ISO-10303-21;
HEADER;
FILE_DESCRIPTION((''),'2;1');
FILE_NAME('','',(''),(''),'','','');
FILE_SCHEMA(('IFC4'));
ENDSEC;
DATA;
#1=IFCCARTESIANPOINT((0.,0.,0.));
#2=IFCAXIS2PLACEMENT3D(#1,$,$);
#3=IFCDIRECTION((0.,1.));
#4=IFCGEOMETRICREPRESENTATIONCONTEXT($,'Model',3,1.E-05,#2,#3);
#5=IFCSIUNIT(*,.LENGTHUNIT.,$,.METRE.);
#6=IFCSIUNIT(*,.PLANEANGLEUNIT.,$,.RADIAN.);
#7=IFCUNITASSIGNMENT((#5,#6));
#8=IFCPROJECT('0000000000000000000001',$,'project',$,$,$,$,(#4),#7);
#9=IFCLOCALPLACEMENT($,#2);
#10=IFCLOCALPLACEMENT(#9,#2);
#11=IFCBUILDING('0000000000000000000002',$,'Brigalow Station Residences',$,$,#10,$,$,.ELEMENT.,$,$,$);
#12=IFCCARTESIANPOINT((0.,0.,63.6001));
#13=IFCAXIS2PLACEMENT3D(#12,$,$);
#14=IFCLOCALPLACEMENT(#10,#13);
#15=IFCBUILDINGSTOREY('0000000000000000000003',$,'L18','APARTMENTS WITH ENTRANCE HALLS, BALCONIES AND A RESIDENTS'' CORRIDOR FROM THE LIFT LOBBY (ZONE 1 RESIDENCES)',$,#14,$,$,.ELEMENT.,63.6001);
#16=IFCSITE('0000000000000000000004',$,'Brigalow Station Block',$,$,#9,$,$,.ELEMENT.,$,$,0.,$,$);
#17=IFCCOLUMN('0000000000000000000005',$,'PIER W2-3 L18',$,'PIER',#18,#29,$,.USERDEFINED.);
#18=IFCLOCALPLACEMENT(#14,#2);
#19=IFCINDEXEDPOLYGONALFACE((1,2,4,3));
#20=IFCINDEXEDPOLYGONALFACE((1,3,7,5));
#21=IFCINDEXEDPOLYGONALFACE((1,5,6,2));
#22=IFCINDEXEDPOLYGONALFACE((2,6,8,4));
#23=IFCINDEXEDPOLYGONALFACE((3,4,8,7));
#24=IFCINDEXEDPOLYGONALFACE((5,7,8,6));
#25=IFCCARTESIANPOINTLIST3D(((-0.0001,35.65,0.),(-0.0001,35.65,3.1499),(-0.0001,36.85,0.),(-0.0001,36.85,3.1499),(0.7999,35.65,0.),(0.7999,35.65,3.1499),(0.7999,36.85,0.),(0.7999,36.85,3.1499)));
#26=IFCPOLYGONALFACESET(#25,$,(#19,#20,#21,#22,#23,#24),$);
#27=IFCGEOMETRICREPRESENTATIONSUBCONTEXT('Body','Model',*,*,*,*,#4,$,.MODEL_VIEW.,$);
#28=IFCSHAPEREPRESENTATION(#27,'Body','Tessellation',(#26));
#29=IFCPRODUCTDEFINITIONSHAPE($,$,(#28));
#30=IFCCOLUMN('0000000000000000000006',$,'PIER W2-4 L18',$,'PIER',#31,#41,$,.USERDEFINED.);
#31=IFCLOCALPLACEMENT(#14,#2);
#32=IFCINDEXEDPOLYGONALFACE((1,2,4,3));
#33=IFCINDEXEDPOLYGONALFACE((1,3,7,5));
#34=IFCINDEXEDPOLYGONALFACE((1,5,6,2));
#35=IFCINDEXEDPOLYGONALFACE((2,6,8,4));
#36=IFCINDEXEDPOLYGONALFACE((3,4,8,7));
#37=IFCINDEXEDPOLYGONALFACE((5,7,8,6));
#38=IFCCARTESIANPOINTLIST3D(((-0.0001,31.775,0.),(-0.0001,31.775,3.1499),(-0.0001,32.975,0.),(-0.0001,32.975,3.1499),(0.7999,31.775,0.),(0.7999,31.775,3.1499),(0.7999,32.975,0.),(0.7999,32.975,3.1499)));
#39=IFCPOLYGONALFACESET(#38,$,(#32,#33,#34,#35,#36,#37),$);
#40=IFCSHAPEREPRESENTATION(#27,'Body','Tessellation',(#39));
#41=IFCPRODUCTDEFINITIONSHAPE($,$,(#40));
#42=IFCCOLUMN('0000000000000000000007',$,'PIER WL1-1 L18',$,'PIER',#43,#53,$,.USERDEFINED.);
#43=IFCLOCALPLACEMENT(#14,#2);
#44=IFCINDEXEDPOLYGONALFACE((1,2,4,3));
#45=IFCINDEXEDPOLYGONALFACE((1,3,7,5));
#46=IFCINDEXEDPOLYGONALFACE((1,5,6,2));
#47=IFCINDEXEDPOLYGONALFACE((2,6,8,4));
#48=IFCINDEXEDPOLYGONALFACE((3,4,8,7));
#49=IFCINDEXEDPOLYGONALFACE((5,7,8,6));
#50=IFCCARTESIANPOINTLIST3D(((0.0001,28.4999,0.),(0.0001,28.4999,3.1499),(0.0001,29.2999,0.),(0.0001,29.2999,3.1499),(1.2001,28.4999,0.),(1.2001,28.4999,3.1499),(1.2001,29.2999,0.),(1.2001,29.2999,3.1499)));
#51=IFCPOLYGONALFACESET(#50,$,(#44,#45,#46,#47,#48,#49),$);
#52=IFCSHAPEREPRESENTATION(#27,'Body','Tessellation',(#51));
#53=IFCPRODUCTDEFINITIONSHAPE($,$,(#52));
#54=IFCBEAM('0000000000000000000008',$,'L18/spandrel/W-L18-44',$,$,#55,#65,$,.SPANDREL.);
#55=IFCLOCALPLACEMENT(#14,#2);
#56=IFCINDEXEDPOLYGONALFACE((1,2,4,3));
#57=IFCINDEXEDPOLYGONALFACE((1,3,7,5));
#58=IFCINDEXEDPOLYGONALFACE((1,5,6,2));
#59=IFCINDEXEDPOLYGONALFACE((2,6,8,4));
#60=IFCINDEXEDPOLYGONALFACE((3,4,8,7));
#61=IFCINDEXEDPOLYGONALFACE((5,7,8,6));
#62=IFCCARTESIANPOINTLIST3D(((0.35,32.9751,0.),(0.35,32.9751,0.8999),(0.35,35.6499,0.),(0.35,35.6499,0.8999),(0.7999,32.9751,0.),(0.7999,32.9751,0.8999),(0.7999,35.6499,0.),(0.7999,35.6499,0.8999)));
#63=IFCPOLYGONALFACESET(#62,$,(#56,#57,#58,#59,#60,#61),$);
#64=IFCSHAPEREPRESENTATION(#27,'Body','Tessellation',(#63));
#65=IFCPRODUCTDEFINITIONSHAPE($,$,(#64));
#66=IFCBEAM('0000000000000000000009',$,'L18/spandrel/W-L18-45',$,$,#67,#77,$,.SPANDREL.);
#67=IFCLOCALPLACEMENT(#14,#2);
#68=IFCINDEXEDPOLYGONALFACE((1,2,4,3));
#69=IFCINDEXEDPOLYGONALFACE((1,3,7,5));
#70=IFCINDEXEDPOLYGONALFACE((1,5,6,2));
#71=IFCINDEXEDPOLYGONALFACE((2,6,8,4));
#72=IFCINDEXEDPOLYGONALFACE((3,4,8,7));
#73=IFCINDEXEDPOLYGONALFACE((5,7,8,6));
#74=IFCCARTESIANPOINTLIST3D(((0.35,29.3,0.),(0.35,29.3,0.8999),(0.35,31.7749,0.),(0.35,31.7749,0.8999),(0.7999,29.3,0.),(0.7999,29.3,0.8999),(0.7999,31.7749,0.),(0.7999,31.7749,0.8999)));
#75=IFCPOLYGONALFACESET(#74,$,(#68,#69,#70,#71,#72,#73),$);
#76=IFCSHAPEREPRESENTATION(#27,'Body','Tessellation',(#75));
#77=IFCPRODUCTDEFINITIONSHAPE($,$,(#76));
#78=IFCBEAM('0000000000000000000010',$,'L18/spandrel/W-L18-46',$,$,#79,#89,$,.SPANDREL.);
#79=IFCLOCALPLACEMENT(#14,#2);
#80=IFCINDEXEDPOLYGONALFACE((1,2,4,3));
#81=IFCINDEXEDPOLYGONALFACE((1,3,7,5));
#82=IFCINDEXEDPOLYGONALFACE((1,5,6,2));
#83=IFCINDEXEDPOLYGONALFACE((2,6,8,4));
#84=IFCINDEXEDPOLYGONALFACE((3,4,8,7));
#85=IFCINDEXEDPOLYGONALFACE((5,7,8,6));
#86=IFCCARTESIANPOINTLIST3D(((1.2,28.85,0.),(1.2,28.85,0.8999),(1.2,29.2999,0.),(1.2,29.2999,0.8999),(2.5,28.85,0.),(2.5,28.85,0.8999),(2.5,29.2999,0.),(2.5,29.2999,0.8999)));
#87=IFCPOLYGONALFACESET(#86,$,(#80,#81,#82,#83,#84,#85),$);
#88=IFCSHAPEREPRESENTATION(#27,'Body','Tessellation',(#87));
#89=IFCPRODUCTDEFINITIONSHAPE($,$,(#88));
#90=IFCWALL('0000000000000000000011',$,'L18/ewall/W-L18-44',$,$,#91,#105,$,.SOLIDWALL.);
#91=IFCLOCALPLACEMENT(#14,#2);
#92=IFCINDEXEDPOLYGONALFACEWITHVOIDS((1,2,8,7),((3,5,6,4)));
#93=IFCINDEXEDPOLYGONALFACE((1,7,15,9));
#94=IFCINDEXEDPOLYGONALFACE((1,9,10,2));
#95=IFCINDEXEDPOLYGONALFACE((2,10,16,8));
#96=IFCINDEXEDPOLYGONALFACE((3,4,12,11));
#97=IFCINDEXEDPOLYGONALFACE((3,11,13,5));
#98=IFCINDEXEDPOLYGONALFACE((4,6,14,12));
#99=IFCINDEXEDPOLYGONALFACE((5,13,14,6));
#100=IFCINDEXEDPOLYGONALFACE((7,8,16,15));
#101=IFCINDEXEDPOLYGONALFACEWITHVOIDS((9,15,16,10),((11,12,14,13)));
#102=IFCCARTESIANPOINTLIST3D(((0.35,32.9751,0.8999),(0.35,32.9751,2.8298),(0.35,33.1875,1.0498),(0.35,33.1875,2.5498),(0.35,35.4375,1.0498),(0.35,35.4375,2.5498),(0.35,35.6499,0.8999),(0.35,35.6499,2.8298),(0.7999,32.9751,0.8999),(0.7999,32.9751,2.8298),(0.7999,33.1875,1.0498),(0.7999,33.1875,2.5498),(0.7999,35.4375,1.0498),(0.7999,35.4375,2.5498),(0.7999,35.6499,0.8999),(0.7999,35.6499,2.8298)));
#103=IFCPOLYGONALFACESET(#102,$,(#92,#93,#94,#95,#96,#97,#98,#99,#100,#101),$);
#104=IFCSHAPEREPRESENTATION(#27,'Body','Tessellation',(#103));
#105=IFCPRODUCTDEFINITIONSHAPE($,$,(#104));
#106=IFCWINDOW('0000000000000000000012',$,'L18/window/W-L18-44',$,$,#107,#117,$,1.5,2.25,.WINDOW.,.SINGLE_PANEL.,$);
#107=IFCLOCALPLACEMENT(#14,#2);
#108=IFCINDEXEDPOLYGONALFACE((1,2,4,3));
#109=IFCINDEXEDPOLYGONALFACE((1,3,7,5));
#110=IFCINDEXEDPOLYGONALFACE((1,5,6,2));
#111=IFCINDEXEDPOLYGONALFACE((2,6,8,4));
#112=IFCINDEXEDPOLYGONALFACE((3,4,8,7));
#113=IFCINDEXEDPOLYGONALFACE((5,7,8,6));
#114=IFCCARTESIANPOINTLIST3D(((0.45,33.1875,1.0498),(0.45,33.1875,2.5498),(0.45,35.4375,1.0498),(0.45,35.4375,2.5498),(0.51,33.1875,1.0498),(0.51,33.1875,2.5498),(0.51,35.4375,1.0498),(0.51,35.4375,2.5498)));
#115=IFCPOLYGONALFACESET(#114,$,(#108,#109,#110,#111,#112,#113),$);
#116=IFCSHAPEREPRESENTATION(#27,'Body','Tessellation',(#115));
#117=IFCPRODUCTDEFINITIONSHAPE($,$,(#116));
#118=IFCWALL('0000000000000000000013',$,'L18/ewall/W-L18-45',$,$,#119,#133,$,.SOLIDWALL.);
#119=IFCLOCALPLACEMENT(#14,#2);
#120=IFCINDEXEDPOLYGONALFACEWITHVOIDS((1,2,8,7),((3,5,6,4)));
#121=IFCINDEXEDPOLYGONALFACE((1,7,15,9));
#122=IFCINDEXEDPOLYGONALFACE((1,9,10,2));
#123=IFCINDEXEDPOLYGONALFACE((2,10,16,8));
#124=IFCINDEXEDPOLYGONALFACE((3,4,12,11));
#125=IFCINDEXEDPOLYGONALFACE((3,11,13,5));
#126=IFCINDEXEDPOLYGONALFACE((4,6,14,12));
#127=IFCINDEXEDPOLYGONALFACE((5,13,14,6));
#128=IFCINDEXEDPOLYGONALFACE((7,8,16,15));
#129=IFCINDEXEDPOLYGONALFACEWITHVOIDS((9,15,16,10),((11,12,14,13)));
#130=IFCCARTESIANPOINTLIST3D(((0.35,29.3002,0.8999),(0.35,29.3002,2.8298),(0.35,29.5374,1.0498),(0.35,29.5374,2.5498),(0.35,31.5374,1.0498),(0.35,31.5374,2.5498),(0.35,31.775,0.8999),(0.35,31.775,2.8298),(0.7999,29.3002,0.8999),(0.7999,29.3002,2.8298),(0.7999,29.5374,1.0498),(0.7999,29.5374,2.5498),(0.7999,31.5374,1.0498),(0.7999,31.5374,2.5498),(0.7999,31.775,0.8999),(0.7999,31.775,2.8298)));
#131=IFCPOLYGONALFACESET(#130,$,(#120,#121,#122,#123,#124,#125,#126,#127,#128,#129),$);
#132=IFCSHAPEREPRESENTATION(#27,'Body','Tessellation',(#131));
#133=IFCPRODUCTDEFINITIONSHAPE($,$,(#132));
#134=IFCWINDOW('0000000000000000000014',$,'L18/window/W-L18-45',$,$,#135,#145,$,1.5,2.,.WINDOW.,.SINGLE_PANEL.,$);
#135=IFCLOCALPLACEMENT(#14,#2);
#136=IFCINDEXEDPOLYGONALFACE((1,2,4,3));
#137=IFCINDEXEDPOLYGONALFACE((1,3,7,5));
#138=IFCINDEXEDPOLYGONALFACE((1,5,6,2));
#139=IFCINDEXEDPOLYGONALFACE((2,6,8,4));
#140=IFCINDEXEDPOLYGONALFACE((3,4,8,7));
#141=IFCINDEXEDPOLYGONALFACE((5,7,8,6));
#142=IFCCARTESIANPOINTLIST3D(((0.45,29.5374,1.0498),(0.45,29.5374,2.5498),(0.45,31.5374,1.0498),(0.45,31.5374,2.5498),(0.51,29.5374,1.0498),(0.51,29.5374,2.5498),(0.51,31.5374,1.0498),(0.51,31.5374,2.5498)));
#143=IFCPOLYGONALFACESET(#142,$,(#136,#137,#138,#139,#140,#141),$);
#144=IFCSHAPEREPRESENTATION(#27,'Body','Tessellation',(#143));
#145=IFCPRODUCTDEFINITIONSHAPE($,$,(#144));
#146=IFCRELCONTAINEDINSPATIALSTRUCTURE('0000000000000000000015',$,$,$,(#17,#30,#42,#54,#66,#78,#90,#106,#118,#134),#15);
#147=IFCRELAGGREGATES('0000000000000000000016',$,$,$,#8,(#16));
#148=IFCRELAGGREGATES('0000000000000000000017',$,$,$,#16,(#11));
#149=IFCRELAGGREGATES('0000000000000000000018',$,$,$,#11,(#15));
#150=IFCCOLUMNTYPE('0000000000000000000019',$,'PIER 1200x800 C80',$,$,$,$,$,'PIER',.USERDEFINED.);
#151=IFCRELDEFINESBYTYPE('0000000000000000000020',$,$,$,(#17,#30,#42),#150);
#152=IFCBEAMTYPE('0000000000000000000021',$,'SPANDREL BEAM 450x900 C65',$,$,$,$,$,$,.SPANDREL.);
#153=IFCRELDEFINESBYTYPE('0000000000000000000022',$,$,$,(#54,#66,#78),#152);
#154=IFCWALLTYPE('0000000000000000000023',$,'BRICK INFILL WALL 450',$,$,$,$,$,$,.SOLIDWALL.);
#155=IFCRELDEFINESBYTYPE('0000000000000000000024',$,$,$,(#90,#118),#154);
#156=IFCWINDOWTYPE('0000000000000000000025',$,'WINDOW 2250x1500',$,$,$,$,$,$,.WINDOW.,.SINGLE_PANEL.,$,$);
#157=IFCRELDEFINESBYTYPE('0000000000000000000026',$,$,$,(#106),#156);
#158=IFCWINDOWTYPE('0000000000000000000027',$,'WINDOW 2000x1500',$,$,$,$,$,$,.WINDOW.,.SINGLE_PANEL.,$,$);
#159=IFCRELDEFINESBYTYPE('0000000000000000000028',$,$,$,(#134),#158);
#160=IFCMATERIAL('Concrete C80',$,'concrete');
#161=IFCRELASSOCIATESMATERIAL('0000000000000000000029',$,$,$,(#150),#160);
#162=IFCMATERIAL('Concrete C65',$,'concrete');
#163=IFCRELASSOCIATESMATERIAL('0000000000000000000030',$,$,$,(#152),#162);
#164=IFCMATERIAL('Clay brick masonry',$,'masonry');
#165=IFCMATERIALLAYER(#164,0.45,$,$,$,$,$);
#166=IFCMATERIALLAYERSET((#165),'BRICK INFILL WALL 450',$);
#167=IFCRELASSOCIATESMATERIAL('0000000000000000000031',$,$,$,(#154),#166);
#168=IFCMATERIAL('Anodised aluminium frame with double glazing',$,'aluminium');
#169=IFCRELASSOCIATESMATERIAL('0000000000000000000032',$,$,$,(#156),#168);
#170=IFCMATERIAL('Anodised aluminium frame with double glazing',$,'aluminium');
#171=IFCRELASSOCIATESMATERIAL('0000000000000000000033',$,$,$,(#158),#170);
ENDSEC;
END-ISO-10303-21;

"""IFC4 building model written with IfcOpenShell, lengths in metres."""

from ifc_helpers import new_model, si_unit, direction, frame, frame_2d, origin, origin_2d, place, context, subcontext, project, spatial, rectangle, extrude, material, layer, layer_set, material_profile, profile_set, type_object, element, fill, save


model = new_model("IFC4")

# Units and contexts
model_context = context("Model", 3, precision=1e-05, world=origin(), true_north=direction((0.0, 1.0)))
body_context = subcontext(model_context, "Body", "Model", "MODEL_VIEW")
ifc_project = project(units=[si_unit("LENGTHUNIT", "METRE"), si_unit("PLANEANGLEUNIT", "RADIAN")], contexts=[model_context])

# Site, building, storey
site_placement = place(None, origin())
site = spatial("IfcSite", under=ifc_project, at=site_placement, Name="Brigalow Station Block", CompositionType="ELEMENT", RefElevation=0.0)
building_placement = place(site_placement, origin())
building = spatial("IfcBuilding", under=site, at=building_placement, Name="Brigalow Station Residences", CompositionType="ELEMENT")
storey_placement = place(building_placement, frame((0.0, 0.0, 63.6001)))
storey = spatial("IfcBuildingStorey", under=building, at=storey_placement, Name="L18", Description="APARTMENTS WITH ENTRANCE HALLS, BALCONIES AND A RESIDENTS' CORRIDOR FROM THE LIFT LOBBY (ZONE 1 RESIDENCES)", CompositionType="ELEMENT", Elevation=63.6001)

# Columns
ifc_material_1 = material(Name="Concrete C80", Category="concrete")
ifc_material_profile_1 = material_profile(ifc_material_1, rectangle(XDim=1.2, YDim=0.8, at=origin_2d()), Name="RC1200x800")
ifc_profile_set_1 = profile_set([ifc_material_profile_1], Name="Concrete C80")
column_type = type_object("IfcColumnType", Name="PIER 1200x800 C80", ElementType="PIER", PredefinedType="USERDEFINED", material=ifc_profile_set_1)
for number, where, z_axis, x_axis, name in (
    (1, (0.3999, 36.25, 0.0), (0.0, 0.0, 1.0), (0.0, -1.0, 0.0), "PIER W2-3 L18"),
    (2, (0.3999, 32.375, 0.0), (0.0, 0.0, 1.0), (0.0, -1.0, 0.0), "PIER W2-4 L18"),
    (3, (0.6001, 28.8999, 0.0), (0.0, 0.0, 1.0), (1.0, 0.0, 0.0), "PIER WL1-1 L18"),
):
    element("IfcColumn", number, at=place(storey_placement, frame(where, z_axis=z_axis, x_axis=x_axis)), inside=storey, type_object=column_type, Name=name, ObjectType="PIER", PredefinedType="USERDEFINED", context=body_context, shape_type="SweptSolid", body=[
        extrude(rectangle(XDim=1.2, YDim=0.8, at=origin_2d()), origin(), (0.0, 0.0, 1.0), 3.1499),
    ])

# Beams
ifc_material_2 = material(Name="Concrete C65", Category="concrete")
ifc_material_profile_2 = material_profile(ifc_material_2, rectangle(XDim=0.45, YDim=0.8999, at=origin_2d()), Name="RC450x900")
ifc_profile_set_2 = profile_set([ifc_material_profile_2], Name="Concrete C65")
beam_type = type_object("IfcBeamType", Name="SPANDREL BEAM 450x900 C65", PredefinedType="SPANDREL", material=ifc_profile_set_2)
beam_1_placement = place(storey_placement, frame((0.575, 35.6499, 0.45), z_axis=(0.0, -1.0, 0.0), x_axis=(1.0, 0.0, 0.0)))
element("IfcBeam", 4, at=beam_1_placement, inside=storey, type_object=beam_type, Name="L18/spandrel/W-L18-44", PredefinedType="SPANDREL", context=body_context, shape_type="SweptSolid", body=[
    extrude(rectangle(XDim=0.45, YDim=0.8999, at=origin_2d()), origin(), (0.0, 0.0, 1.0), 2.6748),
])
beam_2_placement = place(storey_placement, frame((0.575, 31.7749, 0.45), z_axis=(0.0, -1.0, 0.0), x_axis=(1.0, 0.0, 0.0)))
element("IfcBeam", 5, at=beam_2_placement, inside=storey, type_object=beam_type, Name="L18/spandrel/W-L18-45", PredefinedType="SPANDREL", context=body_context, shape_type="SweptSolid", body=[
    extrude(rectangle(XDim=0.45, YDim=0.8999, at=origin_2d()), origin(), (0.0, 0.0, 1.0), 2.4749),
])
beam_3_placement = place(storey_placement, frame((1.2, 29.075, 0.45), z_axis=(1.0, 0.0, 0.0), x_axis=(0.0, 1.0, 0.0)))
element("IfcBeam", 6, at=beam_3_placement, inside=storey, type_object=beam_type, Name="L18/spandrel/W-L18-46", PredefinedType="SPANDREL", context=body_context, shape_type="SweptSolid", body=[
    extrude(rectangle(XDim=0.45, YDim=0.8999, at=origin_2d()), origin(), (0.0, 0.0, 1.0), 1.3),
])

# Walls, openings, windows
ifc_material_3 = material(Name="Clay brick masonry", Category="masonry")
ifc_layer_1 = layer(ifc_material_3, 0.45)
ifc_layer_set_1 = layer_set([ifc_layer_1], Name="BRICK INFILL WALL 450")
wall_type_1 = type_object("IfcWallType", Name="BRICK INFILL WALL 450", PredefinedType="SOLIDWALL", material=ifc_layer_set_1)
wall_1_placement = place(storey_placement, frame((0.575, 35.6499, 0.8999), z_axis=(0.0, 0.0, 1.0), x_axis=(0.0, -1.0, 0.0)))
wall_1 = element("IfcWall", 7, at=wall_1_placement, inside=storey, type_object=wall_type_1, Name="L18/ewall/W-L18-44", PredefinedType="SOLIDWALL", context=body_context, shape_type="SweptSolid", body=[
    extrude(rectangle(XDim=2.6748, YDim=0.45, at=frame_2d((1.3374, 0.0))), origin(), (0.0, 0.0, 1.0), 1.9299),
])
opening_1_placement = place(wall_1_placement, frame((0.2124, 0.0, 0.1499)))
opening_1 = element("IfcOpeningElement", 8, at=opening_1_placement, cuts=wall_1, PredefinedType="OPENING", context=body_context, shape_type="SweptSolid", body=[
    extrude(rectangle(XDim=2.25, YDim=1.5, at=frame_2d((1.125, 0.75))), frame((0.0, 0.2349, 0.0), z_axis=(0.0, -1.0, 0.0), x_axis=(1.0, 0.0, 0.0)), (0.0, 0.0, 1.0), 0.47),
])
ifc_material_4 = material(Name="Anodised aluminium frame with double glazing", Category="aluminium")
window_type_1 = type_object("IfcWindowType", Name="WINDOW 2250x1500", PartitioningType="SINGLE_PANEL", PredefinedType="WINDOW", material=ifc_material_4)
window_1_placement = place(opening_1_placement, origin())
window_1 = element("IfcWindow", 9, at=window_1_placement, inside=storey, type_object=window_type_1, Name="L18/window/W-L18-44", OverallHeight=1.5, OverallWidth=2.25, PartitioningType="SINGLE_PANEL", PredefinedType="WINDOW", context=body_context, shape_type="SweptSolid", body=[
    extrude(rectangle(XDim=2.25, YDim=1.5, at=frame_2d((1.125, 0.75))), frame((0.0, -0.0649, 0.0), z_axis=(0.0, -1.0, 0.0), x_axis=(1.0, 0.0, 0.0)), (0.0, 0.0, 1.0), 0.0601),
])
fill(opening_1, window_1)
wall_2_placement = place(storey_placement, frame((0.575, 31.7749, 0.8999), z_axis=(0.0, 0.0, 1.0), x_axis=(0.0, -1.0, 0.0)))
wall_2 = element("IfcWall", 10, at=wall_2_placement, inside=storey, type_object=wall_type_1, Name="L18/ewall/W-L18-45", PredefinedType="SOLIDWALL", context=body_context, shape_type="SweptSolid", body=[
    extrude(rectangle(XDim=2.4749, YDim=0.45, at=frame_2d((1.2373, 0.0))), origin(), (0.0, 0.0, 1.0), 1.9299),
])
opening_2_placement = place(wall_2_placement, frame((0.2375, 0.0, 0.1499)))
opening_2 = element("IfcOpeningElement", 11, at=opening_2_placement, cuts=wall_2, PredefinedType="OPENING", context=body_context, shape_type="SweptSolid", body=[
    extrude(rectangle(XDim=2.0, YDim=1.5, at=frame_2d((1.0, 0.75))), frame((0.0, 0.2349, 0.0), z_axis=(0.0, -1.0, 0.0), x_axis=(1.0, 0.0, 0.0)), (0.0, 0.0, 1.0), 0.47),
])
ifc_material_5 = material(Name="Anodised aluminium frame with double glazing", Category="aluminium")
window_type_2 = type_object("IfcWindowType", Name="WINDOW 2000x1500", PartitioningType="SINGLE_PANEL", PredefinedType="WINDOW", material=ifc_material_5)
window_2_placement = place(opening_2_placement, origin())
window_2 = element("IfcWindow", 12, at=window_2_placement, inside=storey, type_object=window_type_2, Name="L18/window/W-L18-45", OverallHeight=1.5, OverallWidth=2.0, PartitioningType="SINGLE_PANEL", PredefinedType="WINDOW", context=body_context, shape_type="SweptSolid", body=[
    extrude(rectangle(XDim=2.0, YDim=1.5, at=frame_2d((1.0, 0.75))), frame((0.0, -0.0649, 0.0), z_axis=(0.0, -1.0, 0.0), x_axis=(1.0, 0.0, 0.0)), (0.0, 0.0, 1.0), 0.0601),
])
fill(opening_2, window_2)

save(model, "model.ifc")
